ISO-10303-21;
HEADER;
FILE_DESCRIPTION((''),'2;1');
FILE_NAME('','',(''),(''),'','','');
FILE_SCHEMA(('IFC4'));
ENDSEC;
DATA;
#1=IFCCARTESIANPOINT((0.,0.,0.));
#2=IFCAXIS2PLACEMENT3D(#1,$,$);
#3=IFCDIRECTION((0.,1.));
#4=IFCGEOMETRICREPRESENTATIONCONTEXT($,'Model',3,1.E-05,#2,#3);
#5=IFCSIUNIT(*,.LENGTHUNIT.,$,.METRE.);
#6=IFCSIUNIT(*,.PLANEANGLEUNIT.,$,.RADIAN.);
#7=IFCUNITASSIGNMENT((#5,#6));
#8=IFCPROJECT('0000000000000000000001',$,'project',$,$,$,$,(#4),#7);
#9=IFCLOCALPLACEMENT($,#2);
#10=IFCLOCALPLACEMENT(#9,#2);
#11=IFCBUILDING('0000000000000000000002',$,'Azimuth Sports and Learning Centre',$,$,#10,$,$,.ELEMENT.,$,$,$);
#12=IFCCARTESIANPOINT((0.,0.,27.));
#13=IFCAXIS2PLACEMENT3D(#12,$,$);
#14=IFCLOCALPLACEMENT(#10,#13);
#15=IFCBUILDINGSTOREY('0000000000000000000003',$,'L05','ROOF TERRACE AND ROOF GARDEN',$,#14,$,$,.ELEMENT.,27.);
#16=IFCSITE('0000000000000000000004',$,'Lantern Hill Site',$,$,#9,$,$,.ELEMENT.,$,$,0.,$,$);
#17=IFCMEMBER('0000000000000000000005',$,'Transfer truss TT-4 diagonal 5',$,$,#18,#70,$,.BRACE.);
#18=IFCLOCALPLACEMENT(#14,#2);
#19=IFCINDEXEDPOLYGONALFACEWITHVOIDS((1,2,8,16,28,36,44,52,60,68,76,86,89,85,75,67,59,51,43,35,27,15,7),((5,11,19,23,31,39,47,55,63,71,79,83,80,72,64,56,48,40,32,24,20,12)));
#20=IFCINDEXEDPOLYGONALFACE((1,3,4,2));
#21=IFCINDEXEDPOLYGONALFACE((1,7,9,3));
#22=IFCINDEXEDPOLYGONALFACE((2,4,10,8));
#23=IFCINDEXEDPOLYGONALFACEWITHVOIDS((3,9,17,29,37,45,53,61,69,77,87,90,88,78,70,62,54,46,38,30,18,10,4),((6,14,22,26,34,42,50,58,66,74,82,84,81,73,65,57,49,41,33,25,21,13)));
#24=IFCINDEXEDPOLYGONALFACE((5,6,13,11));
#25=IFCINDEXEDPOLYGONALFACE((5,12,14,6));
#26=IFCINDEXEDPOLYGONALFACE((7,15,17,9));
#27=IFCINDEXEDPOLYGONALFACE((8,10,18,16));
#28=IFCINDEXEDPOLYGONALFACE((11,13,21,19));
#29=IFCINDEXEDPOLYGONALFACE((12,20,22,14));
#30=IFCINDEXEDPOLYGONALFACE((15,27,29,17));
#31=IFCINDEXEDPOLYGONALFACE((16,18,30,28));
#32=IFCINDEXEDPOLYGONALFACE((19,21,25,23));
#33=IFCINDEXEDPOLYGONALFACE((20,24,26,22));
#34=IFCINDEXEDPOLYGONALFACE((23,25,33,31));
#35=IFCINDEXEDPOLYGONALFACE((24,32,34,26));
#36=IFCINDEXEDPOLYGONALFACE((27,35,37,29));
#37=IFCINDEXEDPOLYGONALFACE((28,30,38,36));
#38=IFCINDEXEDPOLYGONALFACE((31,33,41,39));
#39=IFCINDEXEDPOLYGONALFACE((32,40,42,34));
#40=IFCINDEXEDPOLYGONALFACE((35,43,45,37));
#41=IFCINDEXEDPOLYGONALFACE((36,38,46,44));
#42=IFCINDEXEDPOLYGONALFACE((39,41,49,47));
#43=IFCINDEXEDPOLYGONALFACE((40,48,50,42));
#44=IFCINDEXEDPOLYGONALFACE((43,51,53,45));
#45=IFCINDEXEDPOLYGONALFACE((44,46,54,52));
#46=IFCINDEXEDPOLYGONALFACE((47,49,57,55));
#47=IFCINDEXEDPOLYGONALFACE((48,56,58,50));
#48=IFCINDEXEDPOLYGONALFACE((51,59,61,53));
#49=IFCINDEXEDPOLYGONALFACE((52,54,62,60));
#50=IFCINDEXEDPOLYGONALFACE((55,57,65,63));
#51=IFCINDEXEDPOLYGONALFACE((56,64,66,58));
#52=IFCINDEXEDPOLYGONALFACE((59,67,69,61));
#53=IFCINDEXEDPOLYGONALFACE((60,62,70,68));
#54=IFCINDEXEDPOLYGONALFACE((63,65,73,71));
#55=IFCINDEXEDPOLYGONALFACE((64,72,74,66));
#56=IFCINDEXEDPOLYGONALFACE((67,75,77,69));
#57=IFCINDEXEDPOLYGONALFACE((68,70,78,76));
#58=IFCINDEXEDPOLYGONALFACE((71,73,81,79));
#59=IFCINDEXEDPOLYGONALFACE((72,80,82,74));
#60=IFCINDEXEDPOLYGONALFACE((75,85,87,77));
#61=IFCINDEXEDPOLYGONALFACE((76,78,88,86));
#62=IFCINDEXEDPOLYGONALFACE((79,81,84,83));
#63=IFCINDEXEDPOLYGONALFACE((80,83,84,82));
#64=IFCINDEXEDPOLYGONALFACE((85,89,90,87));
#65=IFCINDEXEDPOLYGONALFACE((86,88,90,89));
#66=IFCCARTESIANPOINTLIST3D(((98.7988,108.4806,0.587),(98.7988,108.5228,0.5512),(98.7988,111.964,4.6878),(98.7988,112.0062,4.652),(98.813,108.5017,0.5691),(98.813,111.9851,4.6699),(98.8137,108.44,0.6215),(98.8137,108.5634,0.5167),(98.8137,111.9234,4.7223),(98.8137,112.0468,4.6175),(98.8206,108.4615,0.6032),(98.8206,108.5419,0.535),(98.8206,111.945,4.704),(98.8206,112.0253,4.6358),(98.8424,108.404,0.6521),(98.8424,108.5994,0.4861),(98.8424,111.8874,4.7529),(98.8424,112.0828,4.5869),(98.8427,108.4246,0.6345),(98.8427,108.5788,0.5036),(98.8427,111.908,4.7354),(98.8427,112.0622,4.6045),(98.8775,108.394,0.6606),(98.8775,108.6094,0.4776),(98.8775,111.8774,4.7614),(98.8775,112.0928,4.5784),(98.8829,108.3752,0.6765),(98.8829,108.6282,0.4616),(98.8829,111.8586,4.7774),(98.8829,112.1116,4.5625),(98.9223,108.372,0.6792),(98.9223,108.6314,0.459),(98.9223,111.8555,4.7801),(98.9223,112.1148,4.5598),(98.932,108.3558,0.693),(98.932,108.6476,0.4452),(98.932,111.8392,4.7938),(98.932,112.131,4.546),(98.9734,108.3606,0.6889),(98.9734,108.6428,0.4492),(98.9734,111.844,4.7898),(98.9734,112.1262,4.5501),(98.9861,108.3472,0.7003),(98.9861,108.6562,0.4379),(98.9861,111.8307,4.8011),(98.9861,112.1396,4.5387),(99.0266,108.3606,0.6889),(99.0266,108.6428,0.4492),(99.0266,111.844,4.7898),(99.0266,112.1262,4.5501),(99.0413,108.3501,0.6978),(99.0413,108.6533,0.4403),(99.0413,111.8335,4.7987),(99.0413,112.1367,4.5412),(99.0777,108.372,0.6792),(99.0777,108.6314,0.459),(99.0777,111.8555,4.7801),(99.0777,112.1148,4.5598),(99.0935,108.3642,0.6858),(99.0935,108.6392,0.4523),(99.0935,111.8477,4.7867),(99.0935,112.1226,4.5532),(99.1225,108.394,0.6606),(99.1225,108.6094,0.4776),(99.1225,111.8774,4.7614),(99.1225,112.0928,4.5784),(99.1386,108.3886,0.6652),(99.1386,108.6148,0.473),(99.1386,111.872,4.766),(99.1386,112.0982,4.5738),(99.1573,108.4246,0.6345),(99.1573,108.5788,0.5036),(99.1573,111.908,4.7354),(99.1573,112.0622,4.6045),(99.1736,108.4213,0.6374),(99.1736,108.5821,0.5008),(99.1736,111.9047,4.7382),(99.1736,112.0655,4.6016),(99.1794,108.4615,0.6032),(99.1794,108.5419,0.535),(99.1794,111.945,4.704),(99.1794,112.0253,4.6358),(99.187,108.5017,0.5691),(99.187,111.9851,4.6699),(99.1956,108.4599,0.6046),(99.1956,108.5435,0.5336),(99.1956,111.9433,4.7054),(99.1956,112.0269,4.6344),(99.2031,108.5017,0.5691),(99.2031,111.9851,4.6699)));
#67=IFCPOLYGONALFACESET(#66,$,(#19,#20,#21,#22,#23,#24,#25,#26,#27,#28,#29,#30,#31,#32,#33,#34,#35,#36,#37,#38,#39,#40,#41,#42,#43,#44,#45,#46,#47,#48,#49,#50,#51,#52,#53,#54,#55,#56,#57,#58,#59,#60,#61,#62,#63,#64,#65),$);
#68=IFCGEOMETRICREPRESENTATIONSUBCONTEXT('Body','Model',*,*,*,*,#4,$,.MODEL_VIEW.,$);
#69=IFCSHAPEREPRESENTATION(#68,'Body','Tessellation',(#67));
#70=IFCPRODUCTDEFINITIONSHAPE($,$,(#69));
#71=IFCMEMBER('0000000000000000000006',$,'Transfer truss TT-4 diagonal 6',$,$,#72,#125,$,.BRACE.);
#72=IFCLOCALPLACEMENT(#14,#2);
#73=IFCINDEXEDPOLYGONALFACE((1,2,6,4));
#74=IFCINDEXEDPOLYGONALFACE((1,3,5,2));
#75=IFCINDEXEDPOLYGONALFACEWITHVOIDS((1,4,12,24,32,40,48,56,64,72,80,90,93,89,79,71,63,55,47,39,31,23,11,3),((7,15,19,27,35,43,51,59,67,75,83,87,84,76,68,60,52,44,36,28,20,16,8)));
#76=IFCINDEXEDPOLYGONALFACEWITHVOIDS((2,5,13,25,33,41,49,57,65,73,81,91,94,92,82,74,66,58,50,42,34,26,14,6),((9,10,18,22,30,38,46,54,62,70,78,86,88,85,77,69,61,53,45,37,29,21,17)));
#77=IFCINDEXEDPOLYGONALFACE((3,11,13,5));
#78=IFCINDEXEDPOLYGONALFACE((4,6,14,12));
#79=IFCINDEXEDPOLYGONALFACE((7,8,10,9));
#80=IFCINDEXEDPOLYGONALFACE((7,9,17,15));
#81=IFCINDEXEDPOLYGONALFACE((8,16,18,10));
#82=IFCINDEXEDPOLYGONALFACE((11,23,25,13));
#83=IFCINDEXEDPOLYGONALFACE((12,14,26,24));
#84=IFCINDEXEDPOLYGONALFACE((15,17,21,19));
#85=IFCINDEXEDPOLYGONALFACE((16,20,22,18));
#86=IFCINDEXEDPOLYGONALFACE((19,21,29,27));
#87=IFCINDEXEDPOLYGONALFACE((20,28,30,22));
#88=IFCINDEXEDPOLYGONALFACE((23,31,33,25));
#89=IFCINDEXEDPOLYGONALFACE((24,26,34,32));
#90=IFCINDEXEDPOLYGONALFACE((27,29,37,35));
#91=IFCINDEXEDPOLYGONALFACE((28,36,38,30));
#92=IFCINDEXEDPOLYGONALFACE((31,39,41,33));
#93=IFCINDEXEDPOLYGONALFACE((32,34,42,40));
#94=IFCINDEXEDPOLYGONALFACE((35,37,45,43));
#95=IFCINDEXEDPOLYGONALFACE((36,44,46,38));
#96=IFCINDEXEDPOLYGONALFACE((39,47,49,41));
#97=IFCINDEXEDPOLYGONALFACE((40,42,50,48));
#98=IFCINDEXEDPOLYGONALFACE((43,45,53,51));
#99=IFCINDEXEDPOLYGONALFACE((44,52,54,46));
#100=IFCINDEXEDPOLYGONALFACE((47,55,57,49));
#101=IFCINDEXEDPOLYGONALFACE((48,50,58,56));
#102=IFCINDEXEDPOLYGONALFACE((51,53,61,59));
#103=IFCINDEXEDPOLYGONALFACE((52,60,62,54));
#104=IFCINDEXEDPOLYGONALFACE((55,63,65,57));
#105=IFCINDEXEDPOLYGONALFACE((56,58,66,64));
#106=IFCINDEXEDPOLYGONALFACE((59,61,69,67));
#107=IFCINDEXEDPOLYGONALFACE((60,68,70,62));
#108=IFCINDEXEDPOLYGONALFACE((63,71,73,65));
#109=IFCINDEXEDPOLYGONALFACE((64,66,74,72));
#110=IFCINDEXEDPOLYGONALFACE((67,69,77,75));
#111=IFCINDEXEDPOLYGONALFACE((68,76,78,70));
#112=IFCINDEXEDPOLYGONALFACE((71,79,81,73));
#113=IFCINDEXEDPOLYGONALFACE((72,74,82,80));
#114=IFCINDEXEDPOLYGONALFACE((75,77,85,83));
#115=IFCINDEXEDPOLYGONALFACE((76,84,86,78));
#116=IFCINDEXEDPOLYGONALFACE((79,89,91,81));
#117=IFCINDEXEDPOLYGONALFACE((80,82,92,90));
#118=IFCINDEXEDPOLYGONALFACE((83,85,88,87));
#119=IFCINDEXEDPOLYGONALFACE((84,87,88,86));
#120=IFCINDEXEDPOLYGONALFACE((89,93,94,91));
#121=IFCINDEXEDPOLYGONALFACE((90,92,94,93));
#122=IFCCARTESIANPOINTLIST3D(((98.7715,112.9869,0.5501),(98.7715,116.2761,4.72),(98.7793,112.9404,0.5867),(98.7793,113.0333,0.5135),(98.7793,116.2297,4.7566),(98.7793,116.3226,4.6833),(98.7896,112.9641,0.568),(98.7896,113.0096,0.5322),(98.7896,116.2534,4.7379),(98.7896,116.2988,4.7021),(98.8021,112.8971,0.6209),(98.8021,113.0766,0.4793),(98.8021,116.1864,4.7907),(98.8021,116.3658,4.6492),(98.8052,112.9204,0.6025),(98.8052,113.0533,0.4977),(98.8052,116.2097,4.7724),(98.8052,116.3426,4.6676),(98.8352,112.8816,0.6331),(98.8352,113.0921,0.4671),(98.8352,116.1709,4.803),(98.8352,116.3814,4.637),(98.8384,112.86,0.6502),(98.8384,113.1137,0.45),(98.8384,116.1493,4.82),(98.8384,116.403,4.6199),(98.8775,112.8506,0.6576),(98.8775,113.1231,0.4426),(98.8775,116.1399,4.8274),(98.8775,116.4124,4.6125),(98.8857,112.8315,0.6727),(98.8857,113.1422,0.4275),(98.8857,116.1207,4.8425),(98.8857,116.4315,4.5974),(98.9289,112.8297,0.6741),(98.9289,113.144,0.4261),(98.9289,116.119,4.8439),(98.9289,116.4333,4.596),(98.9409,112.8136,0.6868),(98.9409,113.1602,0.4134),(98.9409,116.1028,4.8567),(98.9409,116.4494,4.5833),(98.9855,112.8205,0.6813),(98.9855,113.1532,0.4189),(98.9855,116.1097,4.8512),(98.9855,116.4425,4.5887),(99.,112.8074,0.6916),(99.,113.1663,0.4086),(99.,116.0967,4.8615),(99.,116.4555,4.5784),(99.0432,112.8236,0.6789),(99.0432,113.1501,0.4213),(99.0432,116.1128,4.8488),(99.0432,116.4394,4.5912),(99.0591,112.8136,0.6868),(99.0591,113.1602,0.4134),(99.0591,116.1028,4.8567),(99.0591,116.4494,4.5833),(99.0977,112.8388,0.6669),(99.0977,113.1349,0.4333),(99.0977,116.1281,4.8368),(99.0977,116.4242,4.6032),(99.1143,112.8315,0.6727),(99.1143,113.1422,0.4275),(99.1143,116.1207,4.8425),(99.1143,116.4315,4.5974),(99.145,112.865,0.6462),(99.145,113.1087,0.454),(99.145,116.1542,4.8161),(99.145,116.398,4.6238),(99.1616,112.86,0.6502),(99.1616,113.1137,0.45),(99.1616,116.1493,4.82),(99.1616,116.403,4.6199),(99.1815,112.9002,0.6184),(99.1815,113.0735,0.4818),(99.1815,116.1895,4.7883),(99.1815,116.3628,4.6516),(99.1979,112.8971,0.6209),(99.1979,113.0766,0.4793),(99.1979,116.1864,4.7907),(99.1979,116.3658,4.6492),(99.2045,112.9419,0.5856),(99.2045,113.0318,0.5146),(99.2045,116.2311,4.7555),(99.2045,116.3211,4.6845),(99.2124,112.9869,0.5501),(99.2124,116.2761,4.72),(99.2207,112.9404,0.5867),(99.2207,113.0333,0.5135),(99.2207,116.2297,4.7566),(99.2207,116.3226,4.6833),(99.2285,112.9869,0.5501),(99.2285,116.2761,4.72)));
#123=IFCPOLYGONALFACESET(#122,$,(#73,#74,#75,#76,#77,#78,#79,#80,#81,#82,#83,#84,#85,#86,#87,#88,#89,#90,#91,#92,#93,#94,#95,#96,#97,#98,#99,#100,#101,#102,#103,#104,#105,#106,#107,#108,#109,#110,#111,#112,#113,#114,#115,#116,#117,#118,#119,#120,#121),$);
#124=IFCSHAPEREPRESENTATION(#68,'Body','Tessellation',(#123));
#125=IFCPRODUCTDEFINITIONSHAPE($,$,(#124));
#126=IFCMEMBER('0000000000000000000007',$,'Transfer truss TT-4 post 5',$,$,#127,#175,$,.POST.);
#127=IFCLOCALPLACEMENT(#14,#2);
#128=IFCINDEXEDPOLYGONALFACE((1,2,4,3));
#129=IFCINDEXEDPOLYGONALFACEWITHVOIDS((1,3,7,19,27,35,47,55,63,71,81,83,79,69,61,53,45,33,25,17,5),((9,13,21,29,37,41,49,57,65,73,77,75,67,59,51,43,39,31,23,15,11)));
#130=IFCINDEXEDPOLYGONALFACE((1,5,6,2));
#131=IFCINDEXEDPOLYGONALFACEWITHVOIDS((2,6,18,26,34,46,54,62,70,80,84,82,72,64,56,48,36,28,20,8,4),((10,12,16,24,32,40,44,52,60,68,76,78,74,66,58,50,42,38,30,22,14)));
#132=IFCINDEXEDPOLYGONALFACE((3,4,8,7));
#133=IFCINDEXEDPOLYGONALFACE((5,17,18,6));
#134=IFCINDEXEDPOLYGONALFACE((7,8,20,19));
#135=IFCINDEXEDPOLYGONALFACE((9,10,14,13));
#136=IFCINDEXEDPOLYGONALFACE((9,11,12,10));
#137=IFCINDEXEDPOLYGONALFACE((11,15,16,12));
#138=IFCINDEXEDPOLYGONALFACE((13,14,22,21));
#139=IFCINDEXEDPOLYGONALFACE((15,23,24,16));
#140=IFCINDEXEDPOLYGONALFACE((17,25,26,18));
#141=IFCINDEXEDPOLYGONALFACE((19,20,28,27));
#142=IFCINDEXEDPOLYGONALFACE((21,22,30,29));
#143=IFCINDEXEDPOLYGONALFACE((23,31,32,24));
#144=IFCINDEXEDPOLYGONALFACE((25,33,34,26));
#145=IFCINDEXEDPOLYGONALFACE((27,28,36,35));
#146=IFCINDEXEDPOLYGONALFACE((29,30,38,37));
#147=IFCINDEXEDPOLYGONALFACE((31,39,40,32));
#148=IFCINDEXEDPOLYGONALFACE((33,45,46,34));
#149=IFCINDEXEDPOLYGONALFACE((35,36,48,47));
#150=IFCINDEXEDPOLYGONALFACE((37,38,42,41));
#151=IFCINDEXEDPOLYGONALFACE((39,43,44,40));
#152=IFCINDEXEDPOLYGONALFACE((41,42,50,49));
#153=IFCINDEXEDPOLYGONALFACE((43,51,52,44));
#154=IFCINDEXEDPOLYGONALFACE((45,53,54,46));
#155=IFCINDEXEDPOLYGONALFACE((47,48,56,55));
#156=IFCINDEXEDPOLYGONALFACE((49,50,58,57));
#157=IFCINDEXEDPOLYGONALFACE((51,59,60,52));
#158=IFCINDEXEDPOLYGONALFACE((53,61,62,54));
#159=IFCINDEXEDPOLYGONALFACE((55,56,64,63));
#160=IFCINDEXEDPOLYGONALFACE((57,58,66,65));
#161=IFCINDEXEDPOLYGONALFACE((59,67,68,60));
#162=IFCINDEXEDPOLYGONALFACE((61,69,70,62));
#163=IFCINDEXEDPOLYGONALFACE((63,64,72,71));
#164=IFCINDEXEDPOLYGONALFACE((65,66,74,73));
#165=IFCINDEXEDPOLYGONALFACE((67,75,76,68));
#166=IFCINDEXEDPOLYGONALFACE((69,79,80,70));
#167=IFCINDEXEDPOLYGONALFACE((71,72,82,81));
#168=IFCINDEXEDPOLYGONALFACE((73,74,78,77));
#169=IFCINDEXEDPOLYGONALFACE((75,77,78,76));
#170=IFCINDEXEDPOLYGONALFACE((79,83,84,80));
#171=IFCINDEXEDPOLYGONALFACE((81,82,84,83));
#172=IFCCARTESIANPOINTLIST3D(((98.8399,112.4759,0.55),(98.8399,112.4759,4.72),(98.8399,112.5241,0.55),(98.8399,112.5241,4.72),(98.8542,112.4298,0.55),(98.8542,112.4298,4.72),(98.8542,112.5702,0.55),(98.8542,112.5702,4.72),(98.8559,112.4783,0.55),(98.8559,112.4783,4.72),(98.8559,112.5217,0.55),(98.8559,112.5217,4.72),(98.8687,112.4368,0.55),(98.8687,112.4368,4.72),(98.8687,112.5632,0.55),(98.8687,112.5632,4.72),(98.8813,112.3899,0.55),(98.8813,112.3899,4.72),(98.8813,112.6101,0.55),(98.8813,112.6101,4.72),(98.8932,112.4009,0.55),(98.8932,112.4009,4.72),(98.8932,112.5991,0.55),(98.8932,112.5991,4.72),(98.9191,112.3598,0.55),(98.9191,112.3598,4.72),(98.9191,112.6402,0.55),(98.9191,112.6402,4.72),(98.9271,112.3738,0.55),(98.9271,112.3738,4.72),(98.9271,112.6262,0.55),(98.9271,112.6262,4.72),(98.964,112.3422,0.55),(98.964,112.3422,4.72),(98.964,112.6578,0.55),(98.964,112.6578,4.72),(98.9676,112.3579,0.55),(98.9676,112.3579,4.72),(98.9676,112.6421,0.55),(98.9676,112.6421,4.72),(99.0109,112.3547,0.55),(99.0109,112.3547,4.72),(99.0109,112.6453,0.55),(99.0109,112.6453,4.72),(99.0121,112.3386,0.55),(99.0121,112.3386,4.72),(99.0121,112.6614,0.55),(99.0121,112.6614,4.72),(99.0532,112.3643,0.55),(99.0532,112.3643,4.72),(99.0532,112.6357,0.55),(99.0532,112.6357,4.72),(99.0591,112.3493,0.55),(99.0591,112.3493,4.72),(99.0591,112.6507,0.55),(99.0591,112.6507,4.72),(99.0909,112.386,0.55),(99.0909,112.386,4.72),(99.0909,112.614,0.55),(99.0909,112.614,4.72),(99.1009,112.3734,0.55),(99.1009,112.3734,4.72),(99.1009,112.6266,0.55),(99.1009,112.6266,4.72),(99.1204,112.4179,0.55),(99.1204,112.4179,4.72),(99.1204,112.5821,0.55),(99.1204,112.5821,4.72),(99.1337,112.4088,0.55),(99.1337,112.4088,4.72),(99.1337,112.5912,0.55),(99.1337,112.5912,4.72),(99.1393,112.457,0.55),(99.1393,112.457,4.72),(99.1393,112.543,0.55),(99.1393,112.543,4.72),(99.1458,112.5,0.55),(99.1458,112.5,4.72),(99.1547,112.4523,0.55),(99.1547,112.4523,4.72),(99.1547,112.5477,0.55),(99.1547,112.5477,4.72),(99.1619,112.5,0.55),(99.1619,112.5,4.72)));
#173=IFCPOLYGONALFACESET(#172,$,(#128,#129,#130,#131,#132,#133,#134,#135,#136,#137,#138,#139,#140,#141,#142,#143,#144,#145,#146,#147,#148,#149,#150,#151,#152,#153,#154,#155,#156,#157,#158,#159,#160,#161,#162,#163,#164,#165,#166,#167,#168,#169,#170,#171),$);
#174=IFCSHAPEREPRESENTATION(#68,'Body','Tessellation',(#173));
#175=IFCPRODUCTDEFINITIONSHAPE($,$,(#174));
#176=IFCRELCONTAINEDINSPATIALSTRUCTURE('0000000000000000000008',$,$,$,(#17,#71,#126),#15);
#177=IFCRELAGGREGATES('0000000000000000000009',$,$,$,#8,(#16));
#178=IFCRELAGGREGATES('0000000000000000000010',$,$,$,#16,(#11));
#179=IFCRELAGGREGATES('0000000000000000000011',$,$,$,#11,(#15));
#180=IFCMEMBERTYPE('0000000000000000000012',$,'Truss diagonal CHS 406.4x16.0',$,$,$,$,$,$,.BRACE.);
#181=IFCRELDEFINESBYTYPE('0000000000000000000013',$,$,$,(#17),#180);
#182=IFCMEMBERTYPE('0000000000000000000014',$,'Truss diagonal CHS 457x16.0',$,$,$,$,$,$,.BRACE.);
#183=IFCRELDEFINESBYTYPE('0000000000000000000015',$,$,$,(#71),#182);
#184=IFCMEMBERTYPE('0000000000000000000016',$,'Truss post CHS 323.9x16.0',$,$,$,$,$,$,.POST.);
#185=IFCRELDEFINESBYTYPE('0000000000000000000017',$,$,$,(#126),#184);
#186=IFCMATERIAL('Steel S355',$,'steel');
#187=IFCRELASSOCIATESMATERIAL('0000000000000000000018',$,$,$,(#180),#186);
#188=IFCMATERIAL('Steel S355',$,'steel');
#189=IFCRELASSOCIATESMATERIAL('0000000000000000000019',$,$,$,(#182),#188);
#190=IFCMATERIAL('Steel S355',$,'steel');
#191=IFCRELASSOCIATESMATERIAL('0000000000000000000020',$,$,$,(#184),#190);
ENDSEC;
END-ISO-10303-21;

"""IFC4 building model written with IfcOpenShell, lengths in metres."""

from ifc_helpers import new_model, si_unit, direction, frame, origin, origin_2d, place, context, subcontext, project, spatial, hollow_circle, extrude, material, material_profile, profile_set, type_object, element, save


model = new_model("IFC4")

# Units and contexts
model_context = context("Model", 3, precision=1e-05, world=origin(), true_north=direction((0.0, 1.0)))
body_context = subcontext(model_context, "Body", "Model", "MODEL_VIEW")
ifc_project = project(units=[si_unit("LENGTHUNIT", "METRE"), si_unit("PLANEANGLEUNIT", "RADIAN")], contexts=[model_context])

# Site, building, storey
site_placement = place(None, origin())
site = spatial("IfcSite", under=ifc_project, at=site_placement, Name="Lantern Hill Site", CompositionType="ELEMENT", RefElevation=0.0)
building_placement = place(site_placement, origin())
building = spatial("IfcBuilding", under=site, at=building_placement, Name="Azimuth Sports and Learning Centre", CompositionType="ELEMENT")
storey_placement = place(building_placement, frame((0.0, 0.0, 27.0)))
storey = spatial("IfcBuildingStorey", under=building, at=storey_placement, Name="L05", Description="ROOF TERRACE AND ROOF GARDEN", CompositionType="ELEMENT", Elevation=27.0)

# Members
ifc_material_1 = material(Name="Steel S355", Category="steel")
ifc_material_profile_1 = material_profile(ifc_material_1, hollow_circle(Radius=0.2031, WallThickness=0.0161, at=origin_2d()), Name="CHS 406.4x16.0")
ifc_profile_set_1 = profile_set([ifc_material_profile_1], Name="Steel S355")
member_type_1 = type_object("IfcMemberType", Name="Truss diagonal CHS 406.4x16.0", PredefinedType="BRACE", material=ifc_profile_set_1)
member_1_placement = place(storey_placement, frame((99.0, 111.9851, 4.6699), z_axis=(0.0, -0.647399, -0.762151), x_axis=(1.0, 0.0, 0.0)))
element("IfcMember", 1, at=member_1_placement, inside=storey, type_object=member_type_1, Name="Transfer truss TT-4 diagonal 5", PredefinedType="BRACE", context=body_context, shape_type="SweptSolid", body=[
    extrude(hollow_circle(Radius=0.2031, WallThickness=0.0161, at=origin_2d()), origin(), (0.0, 0.0, 1.0), 5.3806),
])
ifc_material_2 = material(Name="Steel S355", Category="steel")
ifc_material_profile_2 = material_profile(ifc_material_2, hollow_circle(Radius=0.2285, WallThickness=0.0161, at=origin_2d()), Name="CHS 457x16.0")
ifc_profile_set_2 = profile_set([ifc_material_profile_2], Name="Steel S355")
member_type_2 = type_object("IfcMemberType", Name="Truss diagonal CHS 457x16.0", PredefinedType="BRACE", material=ifc_profile_set_2)
member_2_placement = place(storey_placement, frame((99.0, 116.2761, 4.72), z_axis=(0.0, -0.619327, -0.785133), x_axis=(1.0, 0.0, 0.0)))
element("IfcMember", 2, at=member_2_placement, inside=storey, type_object=member_type_2, Name="Transfer truss TT-4 diagonal 6", PredefinedType="BRACE", context=body_context, shape_type="SweptSolid", body=[
    extrude(hollow_circle(Radius=0.2285, WallThickness=0.0161, at=origin_2d()), origin(), (0.0, 0.0, 1.0), 5.311),
])
ifc_material_3 = material(Name="Steel S355", Category="steel")
ifc_material_profile_3 = material_profile(ifc_material_3, hollow_circle(Radius=0.1619, WallThickness=0.0161, at=origin_2d()), Name="CHS 323.9x16.0")
ifc_profile_set_3 = profile_set([ifc_material_profile_3], Name="Steel S355")
member_type_3 = type_object("IfcMemberType", Name="Truss post CHS 323.9x16.0", PredefinedType="POST", material=ifc_profile_set_3)
member_3_placement = place(storey_placement, frame((99.0, 112.5, 0.55), z_axis=(0.0, 0.0, 1.0), x_axis=(1.0, 0.0, 0.0)))
element("IfcMember", 3, at=member_3_placement, inside=storey, type_object=member_type_3, Name="Transfer truss TT-4 post 5", PredefinedType="POST", context=body_context, shape_type="SweptSolid", body=[
    extrude(hollow_circle(Radius=0.1619, WallThickness=0.0161, at=origin_2d()), origin(), (0.0, 0.0, 1.0), 4.1699),
])

save(model, "model.ifc")
